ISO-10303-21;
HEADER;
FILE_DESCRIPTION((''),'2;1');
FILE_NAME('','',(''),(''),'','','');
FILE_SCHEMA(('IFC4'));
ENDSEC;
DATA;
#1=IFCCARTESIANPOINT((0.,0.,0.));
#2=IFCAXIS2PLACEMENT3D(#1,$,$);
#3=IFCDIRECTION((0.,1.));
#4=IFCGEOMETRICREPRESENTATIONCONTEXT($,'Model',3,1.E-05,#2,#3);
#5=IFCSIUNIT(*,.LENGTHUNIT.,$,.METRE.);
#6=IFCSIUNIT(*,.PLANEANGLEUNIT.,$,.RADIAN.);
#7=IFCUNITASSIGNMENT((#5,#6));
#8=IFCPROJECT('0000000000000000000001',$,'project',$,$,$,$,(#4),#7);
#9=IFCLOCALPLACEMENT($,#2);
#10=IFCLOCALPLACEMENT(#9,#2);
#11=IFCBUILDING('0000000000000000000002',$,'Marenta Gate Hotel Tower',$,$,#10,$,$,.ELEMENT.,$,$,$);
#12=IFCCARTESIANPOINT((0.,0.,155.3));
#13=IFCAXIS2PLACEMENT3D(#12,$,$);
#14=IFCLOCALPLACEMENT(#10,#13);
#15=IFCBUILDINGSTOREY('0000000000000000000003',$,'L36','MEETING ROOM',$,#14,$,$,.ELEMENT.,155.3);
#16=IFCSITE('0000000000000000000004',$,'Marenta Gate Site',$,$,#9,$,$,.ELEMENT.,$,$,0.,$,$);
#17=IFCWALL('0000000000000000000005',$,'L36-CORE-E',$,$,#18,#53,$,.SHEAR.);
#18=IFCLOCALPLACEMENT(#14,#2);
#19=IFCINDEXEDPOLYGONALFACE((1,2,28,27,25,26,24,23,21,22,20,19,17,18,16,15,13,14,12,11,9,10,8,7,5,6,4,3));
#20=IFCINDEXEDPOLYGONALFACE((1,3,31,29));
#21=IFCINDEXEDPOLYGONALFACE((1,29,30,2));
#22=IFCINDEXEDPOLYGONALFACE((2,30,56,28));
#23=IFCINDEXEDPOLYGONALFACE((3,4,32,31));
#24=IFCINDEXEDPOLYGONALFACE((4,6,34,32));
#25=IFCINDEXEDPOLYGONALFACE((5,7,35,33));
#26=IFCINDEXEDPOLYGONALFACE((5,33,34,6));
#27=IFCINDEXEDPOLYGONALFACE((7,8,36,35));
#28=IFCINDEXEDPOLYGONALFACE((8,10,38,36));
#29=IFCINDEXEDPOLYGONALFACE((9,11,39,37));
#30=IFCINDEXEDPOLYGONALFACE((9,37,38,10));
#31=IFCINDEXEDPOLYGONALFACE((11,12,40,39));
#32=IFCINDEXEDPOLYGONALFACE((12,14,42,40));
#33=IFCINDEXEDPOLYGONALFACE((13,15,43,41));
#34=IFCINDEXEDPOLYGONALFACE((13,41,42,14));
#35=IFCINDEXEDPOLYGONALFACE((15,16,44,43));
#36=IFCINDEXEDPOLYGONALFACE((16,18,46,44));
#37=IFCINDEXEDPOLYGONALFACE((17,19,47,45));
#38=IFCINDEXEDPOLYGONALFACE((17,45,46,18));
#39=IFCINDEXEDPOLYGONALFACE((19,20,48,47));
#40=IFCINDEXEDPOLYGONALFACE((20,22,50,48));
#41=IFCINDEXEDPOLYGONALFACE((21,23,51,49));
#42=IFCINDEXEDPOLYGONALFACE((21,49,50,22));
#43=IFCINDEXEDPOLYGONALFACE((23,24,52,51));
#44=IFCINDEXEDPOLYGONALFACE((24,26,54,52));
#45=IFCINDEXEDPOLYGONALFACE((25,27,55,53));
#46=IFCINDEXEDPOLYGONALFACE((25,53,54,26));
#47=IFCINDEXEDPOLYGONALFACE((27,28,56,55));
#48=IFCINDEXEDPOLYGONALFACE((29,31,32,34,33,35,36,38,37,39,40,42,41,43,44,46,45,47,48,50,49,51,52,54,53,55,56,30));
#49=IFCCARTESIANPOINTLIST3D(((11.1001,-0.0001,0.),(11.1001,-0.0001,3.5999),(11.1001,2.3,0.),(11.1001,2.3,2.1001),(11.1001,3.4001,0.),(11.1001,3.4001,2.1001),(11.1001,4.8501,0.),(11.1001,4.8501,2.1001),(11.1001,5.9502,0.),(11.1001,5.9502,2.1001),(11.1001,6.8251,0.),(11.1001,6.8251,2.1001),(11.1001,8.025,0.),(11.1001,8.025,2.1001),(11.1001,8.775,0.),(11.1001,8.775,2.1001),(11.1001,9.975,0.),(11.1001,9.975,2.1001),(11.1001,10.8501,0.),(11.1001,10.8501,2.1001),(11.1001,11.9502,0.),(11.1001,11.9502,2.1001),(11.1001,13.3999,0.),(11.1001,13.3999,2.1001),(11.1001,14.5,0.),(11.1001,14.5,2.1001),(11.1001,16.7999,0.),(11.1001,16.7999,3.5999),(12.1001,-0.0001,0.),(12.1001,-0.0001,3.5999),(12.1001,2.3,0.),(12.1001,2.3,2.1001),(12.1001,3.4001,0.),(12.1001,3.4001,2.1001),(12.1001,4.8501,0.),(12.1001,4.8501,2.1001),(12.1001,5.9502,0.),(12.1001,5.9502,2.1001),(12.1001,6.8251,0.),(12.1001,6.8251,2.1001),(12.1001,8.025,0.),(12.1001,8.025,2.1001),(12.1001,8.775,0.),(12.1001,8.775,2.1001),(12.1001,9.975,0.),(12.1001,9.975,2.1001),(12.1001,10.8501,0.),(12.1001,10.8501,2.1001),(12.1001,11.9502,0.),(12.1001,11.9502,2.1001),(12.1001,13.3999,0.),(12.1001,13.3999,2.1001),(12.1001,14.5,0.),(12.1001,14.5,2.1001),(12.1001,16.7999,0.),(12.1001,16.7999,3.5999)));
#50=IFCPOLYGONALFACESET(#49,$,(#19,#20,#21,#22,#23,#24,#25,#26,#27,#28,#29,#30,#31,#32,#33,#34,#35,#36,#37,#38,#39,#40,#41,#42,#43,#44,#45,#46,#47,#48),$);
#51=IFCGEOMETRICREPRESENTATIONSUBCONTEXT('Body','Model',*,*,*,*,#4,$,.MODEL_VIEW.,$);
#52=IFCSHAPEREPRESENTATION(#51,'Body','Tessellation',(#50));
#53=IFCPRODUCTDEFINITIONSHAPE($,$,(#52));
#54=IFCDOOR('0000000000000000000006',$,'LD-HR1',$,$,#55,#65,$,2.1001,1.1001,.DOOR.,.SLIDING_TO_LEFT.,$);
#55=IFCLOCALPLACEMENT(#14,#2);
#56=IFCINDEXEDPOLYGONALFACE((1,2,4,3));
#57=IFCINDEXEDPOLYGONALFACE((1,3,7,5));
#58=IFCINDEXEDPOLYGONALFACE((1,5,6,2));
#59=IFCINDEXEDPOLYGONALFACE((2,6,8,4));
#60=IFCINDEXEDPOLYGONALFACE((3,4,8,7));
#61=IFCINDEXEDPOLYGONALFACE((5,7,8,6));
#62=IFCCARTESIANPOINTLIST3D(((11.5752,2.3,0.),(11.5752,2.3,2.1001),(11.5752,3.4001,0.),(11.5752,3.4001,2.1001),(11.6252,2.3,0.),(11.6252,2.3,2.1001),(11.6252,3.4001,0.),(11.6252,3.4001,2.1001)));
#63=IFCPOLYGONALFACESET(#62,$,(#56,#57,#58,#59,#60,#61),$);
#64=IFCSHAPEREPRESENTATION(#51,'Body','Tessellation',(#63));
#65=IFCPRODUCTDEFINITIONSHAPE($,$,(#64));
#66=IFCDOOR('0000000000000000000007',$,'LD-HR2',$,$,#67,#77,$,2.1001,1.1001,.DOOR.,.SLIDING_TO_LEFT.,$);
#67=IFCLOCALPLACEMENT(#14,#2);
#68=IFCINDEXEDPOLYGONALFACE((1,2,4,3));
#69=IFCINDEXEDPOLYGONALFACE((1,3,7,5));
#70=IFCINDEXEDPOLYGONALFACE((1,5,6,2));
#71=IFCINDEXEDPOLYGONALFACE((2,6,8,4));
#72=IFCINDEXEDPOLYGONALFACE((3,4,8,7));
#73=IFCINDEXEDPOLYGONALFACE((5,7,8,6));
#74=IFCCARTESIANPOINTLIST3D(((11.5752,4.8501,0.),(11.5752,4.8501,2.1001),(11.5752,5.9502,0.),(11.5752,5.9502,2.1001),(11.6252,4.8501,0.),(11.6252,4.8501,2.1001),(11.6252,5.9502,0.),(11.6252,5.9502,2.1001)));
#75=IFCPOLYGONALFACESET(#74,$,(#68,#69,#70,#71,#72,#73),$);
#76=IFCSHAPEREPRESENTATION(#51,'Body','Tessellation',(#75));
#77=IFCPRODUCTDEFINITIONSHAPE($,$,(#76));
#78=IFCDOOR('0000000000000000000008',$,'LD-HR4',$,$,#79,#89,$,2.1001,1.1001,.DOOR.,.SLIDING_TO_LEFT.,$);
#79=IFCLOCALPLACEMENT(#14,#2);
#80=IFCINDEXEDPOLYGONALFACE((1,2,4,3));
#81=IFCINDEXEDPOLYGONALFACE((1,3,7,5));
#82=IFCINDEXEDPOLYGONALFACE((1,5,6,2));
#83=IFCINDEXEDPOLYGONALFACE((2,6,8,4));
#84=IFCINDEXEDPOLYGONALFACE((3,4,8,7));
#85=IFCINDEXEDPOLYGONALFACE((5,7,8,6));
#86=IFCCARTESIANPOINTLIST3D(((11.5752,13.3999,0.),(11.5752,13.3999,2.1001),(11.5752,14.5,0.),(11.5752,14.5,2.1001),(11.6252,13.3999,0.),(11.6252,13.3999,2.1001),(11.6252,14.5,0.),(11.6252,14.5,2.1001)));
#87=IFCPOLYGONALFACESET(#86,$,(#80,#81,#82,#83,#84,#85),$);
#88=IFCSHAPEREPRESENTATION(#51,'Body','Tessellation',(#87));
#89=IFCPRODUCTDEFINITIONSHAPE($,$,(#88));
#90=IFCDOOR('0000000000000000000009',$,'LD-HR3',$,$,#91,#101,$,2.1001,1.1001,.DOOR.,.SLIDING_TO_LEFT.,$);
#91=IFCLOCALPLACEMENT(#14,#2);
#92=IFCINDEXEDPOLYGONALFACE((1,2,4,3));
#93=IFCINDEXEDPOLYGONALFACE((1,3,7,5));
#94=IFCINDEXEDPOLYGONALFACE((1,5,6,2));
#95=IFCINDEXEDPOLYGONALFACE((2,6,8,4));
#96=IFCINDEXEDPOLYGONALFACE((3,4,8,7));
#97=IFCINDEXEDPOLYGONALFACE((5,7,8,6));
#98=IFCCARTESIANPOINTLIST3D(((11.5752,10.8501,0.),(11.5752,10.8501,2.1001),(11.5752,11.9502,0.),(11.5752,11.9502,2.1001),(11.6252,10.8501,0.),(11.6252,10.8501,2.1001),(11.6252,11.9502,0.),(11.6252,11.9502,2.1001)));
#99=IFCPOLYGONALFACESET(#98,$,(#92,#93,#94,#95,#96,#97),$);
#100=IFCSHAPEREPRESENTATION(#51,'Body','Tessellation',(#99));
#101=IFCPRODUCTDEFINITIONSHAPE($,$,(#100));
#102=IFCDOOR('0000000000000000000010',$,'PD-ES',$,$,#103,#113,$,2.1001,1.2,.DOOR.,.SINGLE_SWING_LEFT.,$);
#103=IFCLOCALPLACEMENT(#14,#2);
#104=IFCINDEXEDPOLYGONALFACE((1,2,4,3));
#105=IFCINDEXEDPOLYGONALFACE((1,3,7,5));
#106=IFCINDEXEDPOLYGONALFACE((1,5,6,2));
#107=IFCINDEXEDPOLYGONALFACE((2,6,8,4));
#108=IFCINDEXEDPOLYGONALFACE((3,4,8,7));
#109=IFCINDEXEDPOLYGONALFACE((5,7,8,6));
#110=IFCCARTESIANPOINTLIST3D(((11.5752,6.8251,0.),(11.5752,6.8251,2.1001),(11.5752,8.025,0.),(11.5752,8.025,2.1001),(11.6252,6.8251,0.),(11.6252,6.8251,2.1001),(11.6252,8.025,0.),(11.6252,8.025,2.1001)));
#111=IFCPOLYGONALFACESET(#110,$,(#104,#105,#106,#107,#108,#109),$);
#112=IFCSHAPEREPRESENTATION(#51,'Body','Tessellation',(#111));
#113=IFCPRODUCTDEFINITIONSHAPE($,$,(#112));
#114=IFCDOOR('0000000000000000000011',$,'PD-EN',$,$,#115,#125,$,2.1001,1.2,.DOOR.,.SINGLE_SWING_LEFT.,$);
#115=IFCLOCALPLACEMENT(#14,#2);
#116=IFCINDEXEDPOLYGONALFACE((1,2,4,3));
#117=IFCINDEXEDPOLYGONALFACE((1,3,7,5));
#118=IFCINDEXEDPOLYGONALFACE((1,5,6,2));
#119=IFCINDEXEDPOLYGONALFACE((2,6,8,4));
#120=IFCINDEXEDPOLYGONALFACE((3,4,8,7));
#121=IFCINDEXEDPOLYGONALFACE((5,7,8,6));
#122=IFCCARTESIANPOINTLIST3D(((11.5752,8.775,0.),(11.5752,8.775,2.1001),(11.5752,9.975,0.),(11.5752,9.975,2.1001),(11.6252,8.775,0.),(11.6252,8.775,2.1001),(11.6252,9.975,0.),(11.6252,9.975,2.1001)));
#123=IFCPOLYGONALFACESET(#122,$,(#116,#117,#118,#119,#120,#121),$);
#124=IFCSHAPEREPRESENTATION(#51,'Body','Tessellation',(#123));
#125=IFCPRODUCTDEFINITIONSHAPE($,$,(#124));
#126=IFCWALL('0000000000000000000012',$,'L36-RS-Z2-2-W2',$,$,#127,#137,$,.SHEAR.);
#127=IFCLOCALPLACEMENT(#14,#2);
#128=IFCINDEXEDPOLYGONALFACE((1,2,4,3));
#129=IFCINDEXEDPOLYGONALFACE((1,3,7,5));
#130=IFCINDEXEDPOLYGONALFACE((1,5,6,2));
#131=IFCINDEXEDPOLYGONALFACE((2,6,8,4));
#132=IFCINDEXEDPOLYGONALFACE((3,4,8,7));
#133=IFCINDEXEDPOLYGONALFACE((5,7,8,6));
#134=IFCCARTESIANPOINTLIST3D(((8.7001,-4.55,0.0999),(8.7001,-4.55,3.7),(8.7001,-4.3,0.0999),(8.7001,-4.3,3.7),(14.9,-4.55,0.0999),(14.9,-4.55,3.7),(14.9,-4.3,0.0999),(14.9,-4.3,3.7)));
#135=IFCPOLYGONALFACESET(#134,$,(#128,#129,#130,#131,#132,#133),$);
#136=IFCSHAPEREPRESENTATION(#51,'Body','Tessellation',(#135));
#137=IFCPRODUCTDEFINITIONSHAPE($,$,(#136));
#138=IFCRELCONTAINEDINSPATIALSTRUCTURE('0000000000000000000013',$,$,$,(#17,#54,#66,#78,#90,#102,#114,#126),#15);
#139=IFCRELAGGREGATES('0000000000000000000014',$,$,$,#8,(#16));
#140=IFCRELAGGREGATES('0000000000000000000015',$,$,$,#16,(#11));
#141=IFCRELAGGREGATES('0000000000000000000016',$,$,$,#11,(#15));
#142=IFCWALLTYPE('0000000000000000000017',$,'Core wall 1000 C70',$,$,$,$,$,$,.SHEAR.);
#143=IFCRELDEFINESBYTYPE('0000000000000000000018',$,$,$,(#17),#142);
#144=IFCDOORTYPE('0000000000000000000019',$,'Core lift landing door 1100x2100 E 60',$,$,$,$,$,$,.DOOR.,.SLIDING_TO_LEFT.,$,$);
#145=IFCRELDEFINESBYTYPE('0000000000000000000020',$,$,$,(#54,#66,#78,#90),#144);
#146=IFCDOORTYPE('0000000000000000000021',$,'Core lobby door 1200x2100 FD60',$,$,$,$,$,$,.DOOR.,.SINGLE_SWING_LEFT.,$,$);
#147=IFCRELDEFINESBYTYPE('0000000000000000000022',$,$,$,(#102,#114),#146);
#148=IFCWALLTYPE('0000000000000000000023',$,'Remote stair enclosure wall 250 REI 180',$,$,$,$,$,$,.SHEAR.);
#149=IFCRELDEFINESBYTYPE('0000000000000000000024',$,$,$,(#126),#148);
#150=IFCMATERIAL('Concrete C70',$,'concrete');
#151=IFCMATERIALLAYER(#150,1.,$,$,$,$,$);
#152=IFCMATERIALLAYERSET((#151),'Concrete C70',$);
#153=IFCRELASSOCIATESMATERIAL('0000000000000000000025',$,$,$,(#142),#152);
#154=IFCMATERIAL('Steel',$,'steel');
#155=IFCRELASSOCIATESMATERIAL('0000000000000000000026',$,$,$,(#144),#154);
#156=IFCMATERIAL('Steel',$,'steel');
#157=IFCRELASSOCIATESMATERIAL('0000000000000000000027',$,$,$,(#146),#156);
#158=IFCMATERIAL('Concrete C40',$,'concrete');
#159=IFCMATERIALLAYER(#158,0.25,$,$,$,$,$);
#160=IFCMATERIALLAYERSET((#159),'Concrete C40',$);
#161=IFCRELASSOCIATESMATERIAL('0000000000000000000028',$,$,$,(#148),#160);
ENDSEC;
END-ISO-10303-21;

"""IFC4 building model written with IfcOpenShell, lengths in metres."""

from ifc_helpers import new_model, si_unit, direction, frame, frame_2d, origin, place, context, subcontext, project, spatial, rectangle, extrude, material, layer, layer_set, type_object, element, fill, save


model = new_model("IFC4")

# Units and contexts
model_context = context("Model", 3, precision=1e-05, world=origin(), true_north=direction((0.0, 1.0)))
body_context = subcontext(model_context, "Body", "Model", "MODEL_VIEW")
ifc_project = project(units=[si_unit("LENGTHUNIT", "METRE"), si_unit("PLANEANGLEUNIT", "RADIAN")], contexts=[model_context])

# Site, building, storey
site_placement = place(None, origin())
site = spatial("IfcSite", under=ifc_project, at=site_placement, Name="Marenta Gate Site", CompositionType="ELEMENT", RefElevation=0.0)
building_placement = place(site_placement, origin())
building = spatial("IfcBuilding", under=site, at=building_placement, Name="Marenta Gate Hotel Tower", CompositionType="ELEMENT")
storey_placement = place(building_placement, frame((0.0, 0.0, 155.3)))
storey = spatial("IfcBuildingStorey", under=building, at=storey_placement, Name="L36", Description="MEETING ROOM", CompositionType="ELEMENT", Elevation=155.3)

# Wall, openings, doors
ifc_material_1 = material(Name="Concrete C70", Category="concrete")
ifc_layer_1 = layer(ifc_material_1, 1.0)
ifc_layer_set_1 = layer_set([ifc_layer_1], Name="Concrete C70")
wall_type_1 = type_object("IfcWallType", Name="Core wall 1000 C70", PredefinedType="SHEAR", material=ifc_layer_set_1)
wall_1_placement = place(storey_placement, frame((11.6001, 0.0, 0.0), z_axis=(0.0, 0.0, 1.0), x_axis=(0.0, 1.0, 0.0)))
wall_1 = element("IfcWall", 1, at=wall_1_placement, inside=storey, type_object=wall_type_1, Name="L36-CORE-E", PredefinedType="SHEAR", context=body_context, shape_type="SweptSolid", body=[
    extrude(rectangle(XDim=16.8, YDim=1.0, at=frame_2d((8.3999, 0.0))), origin(), (0.0, 0.0, 1.0), 3.5999),
])
opening_1_placement = place(wall_1_placement, frame((2.3, 0.0, 0.0)))
opening_1 = element("IfcOpeningElement", 2, at=opening_1_placement, cuts=wall_1, PredefinedType="OPENING", context=body_context, shape_type="SweptSolid", body=[
    extrude(rectangle(XDim=1.1001, YDim=2.1001, at=frame_2d((0.55, 1.05))), frame((0.0, 0.5, 0.0), z_axis=(0.0, -1.0, 0.0), x_axis=(1.0, 0.0, 0.0)), (0.0, 0.0, 1.0), 1.0),
])
opening_2_placement = place(wall_1_placement, frame((4.8501, 0.0, 0.0)))
opening_2 = element("IfcOpeningElement", 3, at=opening_2_placement, cuts=wall_1, PredefinedType="OPENING", context=body_context, shape_type="SweptSolid", body=[
    extrude(rectangle(XDim=1.1001, YDim=2.1001, at=frame_2d((0.55, 1.05))), frame((0.0, 0.5, 0.0), z_axis=(0.0, -1.0, 0.0), x_axis=(1.0, 0.0, 0.0)), (0.0, 0.0, 1.0), 1.0),
])
opening_3_placement = place(wall_1_placement, frame((6.825, 0.0, 0.0)))
opening_3 = element("IfcOpeningElement", 4, at=opening_3_placement, cuts=wall_1, PredefinedType="OPENING", context=body_context, shape_type="SweptSolid", body=[
    extrude(rectangle(XDim=1.2, YDim=2.1001, at=frame_2d((0.6001, 1.05))), frame((0.0, 0.5, 0.0), z_axis=(0.0, -1.0, 0.0), x_axis=(1.0, 0.0, 0.0)), (0.0, 0.0, 1.0), 1.0),
])
opening_4_placement = place(wall_1_placement, frame((13.3999, 0.0, 0.0)))
opening_4 = element("IfcOpeningElement", 5, at=opening_4_placement, cuts=wall_1, PredefinedType="OPENING", context=body_context, shape_type="SweptSolid", body=[
    extrude(rectangle(XDim=1.1001, YDim=2.1001, at=frame_2d((0.55, 1.05))), frame((0.0, 0.5, 0.0), z_axis=(0.0, -1.0, 0.0), x_axis=(1.0, 0.0, 0.0)), (0.0, 0.0, 1.0), 1.0),
])
opening_5_placement = place(wall_1_placement, frame((10.8501, 0.0, 0.0)))
opening_5 = element("IfcOpeningElement", 6, at=opening_5_placement, cuts=wall_1, PredefinedType="OPENING", context=body_context, shape_type="SweptSolid", body=[
    extrude(rectangle(XDim=1.1001, YDim=2.1001, at=frame_2d((0.55, 1.05))), frame((0.0, 0.5, 0.0), z_axis=(0.0, -1.0, 0.0), x_axis=(1.0, 0.0, 0.0)), (0.0, 0.0, 1.0), 1.0),
])
opening_6_placement = place(wall_1_placement, frame((8.7749, 0.0, 0.0)))
opening_6 = element("IfcOpeningElement", 7, at=opening_6_placement, cuts=wall_1, PredefinedType="OPENING", context=body_context, shape_type="SweptSolid", body=[
    extrude(rectangle(XDim=1.2, YDim=2.1001, at=frame_2d((0.6001, 1.05))), frame((0.0, 0.5, 0.0), z_axis=(0.0, -1.0, 0.0), x_axis=(1.0, 0.0, 0.0)), (0.0, 0.0, 1.0), 1.0),
])
ifc_material_2 = material(Name="Steel", Category="steel")
door_type_1 = type_object("IfcDoorType", Name="Core lift landing door 1100x2100 E 60", OperationType="SLIDING_TO_LEFT", PredefinedType="DOOR", material=ifc_material_2)
door_1_placement = place(opening_1_placement, origin())
door_1 = element("IfcDoor", 8, at=door_1_placement, inside=storey, type_object=door_type_1, Name="LD-HR1", OperationType="SLIDING_TO_LEFT", OverallHeight=2.1001, OverallWidth=1.1001, PredefinedType="DOOR", context=body_context, shape_type="SweptSolid", body=[
    extrude(rectangle(XDim=1.1001, YDim=2.1001, at=frame_2d((0.55, 1.05))), frame((0.0, 0.0249, 0.0), z_axis=(0.0, -1.0, 0.0), x_axis=(1.0, 0.0, 0.0)), (0.0, 0.0, 1.0), 0.05),
])
fill(opening_1, door_1)
door_2_placement = place(opening_2_placement, origin())
door_2 = element("IfcDoor", 9, at=door_2_placement, inside=storey, type_object=door_type_1, Name="LD-HR2", OperationType="SLIDING_TO_LEFT", OverallHeight=2.1001, OverallWidth=1.1001, PredefinedType="DOOR", context=body_context, shape_type="SweptSolid", body=[
    extrude(rectangle(XDim=1.1001, YDim=2.1001, at=frame_2d((0.55, 1.05))), frame((0.0, 0.0249, 0.0), z_axis=(0.0, -1.0, 0.0), x_axis=(1.0, 0.0, 0.0)), (0.0, 0.0, 1.0), 0.05),
])
fill(opening_2, door_2)
door_3_placement = place(opening_4_placement, origin())
door_3 = element("IfcDoor", 10, at=door_3_placement, inside=storey, type_object=door_type_1, Name="LD-HR4", OperationType="SLIDING_TO_LEFT", OverallHeight=2.1001, OverallWidth=1.1001, PredefinedType="DOOR", context=body_context, shape_type="SweptSolid", body=[
    extrude(rectangle(XDim=1.1001, YDim=2.1001, at=frame_2d((0.55, 1.05))), frame((0.0, 0.0249, 0.0), z_axis=(0.0, -1.0, 0.0), x_axis=(1.0, 0.0, 0.0)), (0.0, 0.0, 1.0), 0.05),
])
fill(opening_4, door_3)
door_4_placement = place(opening_5_placement, origin())
door_4 = element("IfcDoor", 11, at=door_4_placement, inside=storey, type_object=door_type_1, Name="LD-HR3", OperationType="SLIDING_TO_LEFT", OverallHeight=2.1001, OverallWidth=1.1001, PredefinedType="DOOR", context=body_context, shape_type="SweptSolid", body=[
    extrude(rectangle(XDim=1.1001, YDim=2.1001, at=frame_2d((0.55, 1.05))), frame((0.0, 0.0249, 0.0), z_axis=(0.0, -1.0, 0.0), x_axis=(1.0, 0.0, 0.0)), (0.0, 0.0, 1.0), 0.05),
])
fill(opening_5, door_4)
ifc_material_3 = material(Name="Steel", Category="steel")
door_type_2 = type_object("IfcDoorType", Name="Core lobby door 1200x2100 FD60", OperationType="SINGLE_SWING_LEFT", PredefinedType="DOOR", material=ifc_material_3)
door_5_placement = place(opening_3_placement, origin())
door_5 = element("IfcDoor", 12, at=door_5_placement, inside=storey, type_object=door_type_2, Name="PD-ES", OperationType="SINGLE_SWING_LEFT", OverallHeight=2.1001, OverallWidth=1.2, PredefinedType="DOOR", context=body_context, shape_type="SweptSolid", body=[
    extrude(rectangle(XDim=1.2, YDim=2.1001, at=frame_2d((0.6001, 1.05))), frame((0.0, 0.0249, 0.0), z_axis=(0.0, -1.0, 0.0), x_axis=(1.0, 0.0, 0.0)), (0.0, 0.0, 1.0), 0.05),
])
fill(opening_3, door_5)
door_6_placement = place(opening_6_placement, origin())
door_6 = element("IfcDoor", 13, at=door_6_placement, inside=storey, type_object=door_type_2, Name="PD-EN", OperationType="SINGLE_SWING_LEFT", OverallHeight=2.1001, OverallWidth=1.2, PredefinedType="DOOR", context=body_context, shape_type="SweptSolid", body=[
    extrude(rectangle(XDim=1.2, YDim=2.1001, at=frame_2d((0.6001, 1.05))), frame((0.0, 0.0249, 0.0), z_axis=(0.0, -1.0, 0.0), x_axis=(1.0, 0.0, 0.0)), (0.0, 0.0, 1.0), 0.05),
])
fill(opening_6, door_6)

# Wall
ifc_material_4 = material(Name="Concrete C40", Category="concrete")
ifc_layer_2 = layer(ifc_material_4, 0.25)
ifc_layer_set_2 = layer_set([ifc_layer_2], Name="Concrete C40")
wall_type_2 = type_object("IfcWallType", Name="Remote stair enclosure wall 250 REI 180", PredefinedType="SHEAR", material=ifc_layer_set_2)
wall_2_placement = place(storey_placement, frame((8.7, -4.425, 0.0999), z_axis=(0.0, 0.0, 1.0), x_axis=(1.0, 0.0, 0.0)))
element("IfcWall", 14, at=wall_2_placement, inside=storey, type_object=wall_type_2, Name="L36-RS-Z2-2-W2", PredefinedType="SHEAR", context=body_context, shape_type="SweptSolid", body=[
    extrude(rectangle(XDim=6.2, YDim=0.25, at=frame_2d((3.1001, 0.0))), origin(), (0.0, 0.0, 1.0), 3.6001),
])

save(model, "model.ifc")
